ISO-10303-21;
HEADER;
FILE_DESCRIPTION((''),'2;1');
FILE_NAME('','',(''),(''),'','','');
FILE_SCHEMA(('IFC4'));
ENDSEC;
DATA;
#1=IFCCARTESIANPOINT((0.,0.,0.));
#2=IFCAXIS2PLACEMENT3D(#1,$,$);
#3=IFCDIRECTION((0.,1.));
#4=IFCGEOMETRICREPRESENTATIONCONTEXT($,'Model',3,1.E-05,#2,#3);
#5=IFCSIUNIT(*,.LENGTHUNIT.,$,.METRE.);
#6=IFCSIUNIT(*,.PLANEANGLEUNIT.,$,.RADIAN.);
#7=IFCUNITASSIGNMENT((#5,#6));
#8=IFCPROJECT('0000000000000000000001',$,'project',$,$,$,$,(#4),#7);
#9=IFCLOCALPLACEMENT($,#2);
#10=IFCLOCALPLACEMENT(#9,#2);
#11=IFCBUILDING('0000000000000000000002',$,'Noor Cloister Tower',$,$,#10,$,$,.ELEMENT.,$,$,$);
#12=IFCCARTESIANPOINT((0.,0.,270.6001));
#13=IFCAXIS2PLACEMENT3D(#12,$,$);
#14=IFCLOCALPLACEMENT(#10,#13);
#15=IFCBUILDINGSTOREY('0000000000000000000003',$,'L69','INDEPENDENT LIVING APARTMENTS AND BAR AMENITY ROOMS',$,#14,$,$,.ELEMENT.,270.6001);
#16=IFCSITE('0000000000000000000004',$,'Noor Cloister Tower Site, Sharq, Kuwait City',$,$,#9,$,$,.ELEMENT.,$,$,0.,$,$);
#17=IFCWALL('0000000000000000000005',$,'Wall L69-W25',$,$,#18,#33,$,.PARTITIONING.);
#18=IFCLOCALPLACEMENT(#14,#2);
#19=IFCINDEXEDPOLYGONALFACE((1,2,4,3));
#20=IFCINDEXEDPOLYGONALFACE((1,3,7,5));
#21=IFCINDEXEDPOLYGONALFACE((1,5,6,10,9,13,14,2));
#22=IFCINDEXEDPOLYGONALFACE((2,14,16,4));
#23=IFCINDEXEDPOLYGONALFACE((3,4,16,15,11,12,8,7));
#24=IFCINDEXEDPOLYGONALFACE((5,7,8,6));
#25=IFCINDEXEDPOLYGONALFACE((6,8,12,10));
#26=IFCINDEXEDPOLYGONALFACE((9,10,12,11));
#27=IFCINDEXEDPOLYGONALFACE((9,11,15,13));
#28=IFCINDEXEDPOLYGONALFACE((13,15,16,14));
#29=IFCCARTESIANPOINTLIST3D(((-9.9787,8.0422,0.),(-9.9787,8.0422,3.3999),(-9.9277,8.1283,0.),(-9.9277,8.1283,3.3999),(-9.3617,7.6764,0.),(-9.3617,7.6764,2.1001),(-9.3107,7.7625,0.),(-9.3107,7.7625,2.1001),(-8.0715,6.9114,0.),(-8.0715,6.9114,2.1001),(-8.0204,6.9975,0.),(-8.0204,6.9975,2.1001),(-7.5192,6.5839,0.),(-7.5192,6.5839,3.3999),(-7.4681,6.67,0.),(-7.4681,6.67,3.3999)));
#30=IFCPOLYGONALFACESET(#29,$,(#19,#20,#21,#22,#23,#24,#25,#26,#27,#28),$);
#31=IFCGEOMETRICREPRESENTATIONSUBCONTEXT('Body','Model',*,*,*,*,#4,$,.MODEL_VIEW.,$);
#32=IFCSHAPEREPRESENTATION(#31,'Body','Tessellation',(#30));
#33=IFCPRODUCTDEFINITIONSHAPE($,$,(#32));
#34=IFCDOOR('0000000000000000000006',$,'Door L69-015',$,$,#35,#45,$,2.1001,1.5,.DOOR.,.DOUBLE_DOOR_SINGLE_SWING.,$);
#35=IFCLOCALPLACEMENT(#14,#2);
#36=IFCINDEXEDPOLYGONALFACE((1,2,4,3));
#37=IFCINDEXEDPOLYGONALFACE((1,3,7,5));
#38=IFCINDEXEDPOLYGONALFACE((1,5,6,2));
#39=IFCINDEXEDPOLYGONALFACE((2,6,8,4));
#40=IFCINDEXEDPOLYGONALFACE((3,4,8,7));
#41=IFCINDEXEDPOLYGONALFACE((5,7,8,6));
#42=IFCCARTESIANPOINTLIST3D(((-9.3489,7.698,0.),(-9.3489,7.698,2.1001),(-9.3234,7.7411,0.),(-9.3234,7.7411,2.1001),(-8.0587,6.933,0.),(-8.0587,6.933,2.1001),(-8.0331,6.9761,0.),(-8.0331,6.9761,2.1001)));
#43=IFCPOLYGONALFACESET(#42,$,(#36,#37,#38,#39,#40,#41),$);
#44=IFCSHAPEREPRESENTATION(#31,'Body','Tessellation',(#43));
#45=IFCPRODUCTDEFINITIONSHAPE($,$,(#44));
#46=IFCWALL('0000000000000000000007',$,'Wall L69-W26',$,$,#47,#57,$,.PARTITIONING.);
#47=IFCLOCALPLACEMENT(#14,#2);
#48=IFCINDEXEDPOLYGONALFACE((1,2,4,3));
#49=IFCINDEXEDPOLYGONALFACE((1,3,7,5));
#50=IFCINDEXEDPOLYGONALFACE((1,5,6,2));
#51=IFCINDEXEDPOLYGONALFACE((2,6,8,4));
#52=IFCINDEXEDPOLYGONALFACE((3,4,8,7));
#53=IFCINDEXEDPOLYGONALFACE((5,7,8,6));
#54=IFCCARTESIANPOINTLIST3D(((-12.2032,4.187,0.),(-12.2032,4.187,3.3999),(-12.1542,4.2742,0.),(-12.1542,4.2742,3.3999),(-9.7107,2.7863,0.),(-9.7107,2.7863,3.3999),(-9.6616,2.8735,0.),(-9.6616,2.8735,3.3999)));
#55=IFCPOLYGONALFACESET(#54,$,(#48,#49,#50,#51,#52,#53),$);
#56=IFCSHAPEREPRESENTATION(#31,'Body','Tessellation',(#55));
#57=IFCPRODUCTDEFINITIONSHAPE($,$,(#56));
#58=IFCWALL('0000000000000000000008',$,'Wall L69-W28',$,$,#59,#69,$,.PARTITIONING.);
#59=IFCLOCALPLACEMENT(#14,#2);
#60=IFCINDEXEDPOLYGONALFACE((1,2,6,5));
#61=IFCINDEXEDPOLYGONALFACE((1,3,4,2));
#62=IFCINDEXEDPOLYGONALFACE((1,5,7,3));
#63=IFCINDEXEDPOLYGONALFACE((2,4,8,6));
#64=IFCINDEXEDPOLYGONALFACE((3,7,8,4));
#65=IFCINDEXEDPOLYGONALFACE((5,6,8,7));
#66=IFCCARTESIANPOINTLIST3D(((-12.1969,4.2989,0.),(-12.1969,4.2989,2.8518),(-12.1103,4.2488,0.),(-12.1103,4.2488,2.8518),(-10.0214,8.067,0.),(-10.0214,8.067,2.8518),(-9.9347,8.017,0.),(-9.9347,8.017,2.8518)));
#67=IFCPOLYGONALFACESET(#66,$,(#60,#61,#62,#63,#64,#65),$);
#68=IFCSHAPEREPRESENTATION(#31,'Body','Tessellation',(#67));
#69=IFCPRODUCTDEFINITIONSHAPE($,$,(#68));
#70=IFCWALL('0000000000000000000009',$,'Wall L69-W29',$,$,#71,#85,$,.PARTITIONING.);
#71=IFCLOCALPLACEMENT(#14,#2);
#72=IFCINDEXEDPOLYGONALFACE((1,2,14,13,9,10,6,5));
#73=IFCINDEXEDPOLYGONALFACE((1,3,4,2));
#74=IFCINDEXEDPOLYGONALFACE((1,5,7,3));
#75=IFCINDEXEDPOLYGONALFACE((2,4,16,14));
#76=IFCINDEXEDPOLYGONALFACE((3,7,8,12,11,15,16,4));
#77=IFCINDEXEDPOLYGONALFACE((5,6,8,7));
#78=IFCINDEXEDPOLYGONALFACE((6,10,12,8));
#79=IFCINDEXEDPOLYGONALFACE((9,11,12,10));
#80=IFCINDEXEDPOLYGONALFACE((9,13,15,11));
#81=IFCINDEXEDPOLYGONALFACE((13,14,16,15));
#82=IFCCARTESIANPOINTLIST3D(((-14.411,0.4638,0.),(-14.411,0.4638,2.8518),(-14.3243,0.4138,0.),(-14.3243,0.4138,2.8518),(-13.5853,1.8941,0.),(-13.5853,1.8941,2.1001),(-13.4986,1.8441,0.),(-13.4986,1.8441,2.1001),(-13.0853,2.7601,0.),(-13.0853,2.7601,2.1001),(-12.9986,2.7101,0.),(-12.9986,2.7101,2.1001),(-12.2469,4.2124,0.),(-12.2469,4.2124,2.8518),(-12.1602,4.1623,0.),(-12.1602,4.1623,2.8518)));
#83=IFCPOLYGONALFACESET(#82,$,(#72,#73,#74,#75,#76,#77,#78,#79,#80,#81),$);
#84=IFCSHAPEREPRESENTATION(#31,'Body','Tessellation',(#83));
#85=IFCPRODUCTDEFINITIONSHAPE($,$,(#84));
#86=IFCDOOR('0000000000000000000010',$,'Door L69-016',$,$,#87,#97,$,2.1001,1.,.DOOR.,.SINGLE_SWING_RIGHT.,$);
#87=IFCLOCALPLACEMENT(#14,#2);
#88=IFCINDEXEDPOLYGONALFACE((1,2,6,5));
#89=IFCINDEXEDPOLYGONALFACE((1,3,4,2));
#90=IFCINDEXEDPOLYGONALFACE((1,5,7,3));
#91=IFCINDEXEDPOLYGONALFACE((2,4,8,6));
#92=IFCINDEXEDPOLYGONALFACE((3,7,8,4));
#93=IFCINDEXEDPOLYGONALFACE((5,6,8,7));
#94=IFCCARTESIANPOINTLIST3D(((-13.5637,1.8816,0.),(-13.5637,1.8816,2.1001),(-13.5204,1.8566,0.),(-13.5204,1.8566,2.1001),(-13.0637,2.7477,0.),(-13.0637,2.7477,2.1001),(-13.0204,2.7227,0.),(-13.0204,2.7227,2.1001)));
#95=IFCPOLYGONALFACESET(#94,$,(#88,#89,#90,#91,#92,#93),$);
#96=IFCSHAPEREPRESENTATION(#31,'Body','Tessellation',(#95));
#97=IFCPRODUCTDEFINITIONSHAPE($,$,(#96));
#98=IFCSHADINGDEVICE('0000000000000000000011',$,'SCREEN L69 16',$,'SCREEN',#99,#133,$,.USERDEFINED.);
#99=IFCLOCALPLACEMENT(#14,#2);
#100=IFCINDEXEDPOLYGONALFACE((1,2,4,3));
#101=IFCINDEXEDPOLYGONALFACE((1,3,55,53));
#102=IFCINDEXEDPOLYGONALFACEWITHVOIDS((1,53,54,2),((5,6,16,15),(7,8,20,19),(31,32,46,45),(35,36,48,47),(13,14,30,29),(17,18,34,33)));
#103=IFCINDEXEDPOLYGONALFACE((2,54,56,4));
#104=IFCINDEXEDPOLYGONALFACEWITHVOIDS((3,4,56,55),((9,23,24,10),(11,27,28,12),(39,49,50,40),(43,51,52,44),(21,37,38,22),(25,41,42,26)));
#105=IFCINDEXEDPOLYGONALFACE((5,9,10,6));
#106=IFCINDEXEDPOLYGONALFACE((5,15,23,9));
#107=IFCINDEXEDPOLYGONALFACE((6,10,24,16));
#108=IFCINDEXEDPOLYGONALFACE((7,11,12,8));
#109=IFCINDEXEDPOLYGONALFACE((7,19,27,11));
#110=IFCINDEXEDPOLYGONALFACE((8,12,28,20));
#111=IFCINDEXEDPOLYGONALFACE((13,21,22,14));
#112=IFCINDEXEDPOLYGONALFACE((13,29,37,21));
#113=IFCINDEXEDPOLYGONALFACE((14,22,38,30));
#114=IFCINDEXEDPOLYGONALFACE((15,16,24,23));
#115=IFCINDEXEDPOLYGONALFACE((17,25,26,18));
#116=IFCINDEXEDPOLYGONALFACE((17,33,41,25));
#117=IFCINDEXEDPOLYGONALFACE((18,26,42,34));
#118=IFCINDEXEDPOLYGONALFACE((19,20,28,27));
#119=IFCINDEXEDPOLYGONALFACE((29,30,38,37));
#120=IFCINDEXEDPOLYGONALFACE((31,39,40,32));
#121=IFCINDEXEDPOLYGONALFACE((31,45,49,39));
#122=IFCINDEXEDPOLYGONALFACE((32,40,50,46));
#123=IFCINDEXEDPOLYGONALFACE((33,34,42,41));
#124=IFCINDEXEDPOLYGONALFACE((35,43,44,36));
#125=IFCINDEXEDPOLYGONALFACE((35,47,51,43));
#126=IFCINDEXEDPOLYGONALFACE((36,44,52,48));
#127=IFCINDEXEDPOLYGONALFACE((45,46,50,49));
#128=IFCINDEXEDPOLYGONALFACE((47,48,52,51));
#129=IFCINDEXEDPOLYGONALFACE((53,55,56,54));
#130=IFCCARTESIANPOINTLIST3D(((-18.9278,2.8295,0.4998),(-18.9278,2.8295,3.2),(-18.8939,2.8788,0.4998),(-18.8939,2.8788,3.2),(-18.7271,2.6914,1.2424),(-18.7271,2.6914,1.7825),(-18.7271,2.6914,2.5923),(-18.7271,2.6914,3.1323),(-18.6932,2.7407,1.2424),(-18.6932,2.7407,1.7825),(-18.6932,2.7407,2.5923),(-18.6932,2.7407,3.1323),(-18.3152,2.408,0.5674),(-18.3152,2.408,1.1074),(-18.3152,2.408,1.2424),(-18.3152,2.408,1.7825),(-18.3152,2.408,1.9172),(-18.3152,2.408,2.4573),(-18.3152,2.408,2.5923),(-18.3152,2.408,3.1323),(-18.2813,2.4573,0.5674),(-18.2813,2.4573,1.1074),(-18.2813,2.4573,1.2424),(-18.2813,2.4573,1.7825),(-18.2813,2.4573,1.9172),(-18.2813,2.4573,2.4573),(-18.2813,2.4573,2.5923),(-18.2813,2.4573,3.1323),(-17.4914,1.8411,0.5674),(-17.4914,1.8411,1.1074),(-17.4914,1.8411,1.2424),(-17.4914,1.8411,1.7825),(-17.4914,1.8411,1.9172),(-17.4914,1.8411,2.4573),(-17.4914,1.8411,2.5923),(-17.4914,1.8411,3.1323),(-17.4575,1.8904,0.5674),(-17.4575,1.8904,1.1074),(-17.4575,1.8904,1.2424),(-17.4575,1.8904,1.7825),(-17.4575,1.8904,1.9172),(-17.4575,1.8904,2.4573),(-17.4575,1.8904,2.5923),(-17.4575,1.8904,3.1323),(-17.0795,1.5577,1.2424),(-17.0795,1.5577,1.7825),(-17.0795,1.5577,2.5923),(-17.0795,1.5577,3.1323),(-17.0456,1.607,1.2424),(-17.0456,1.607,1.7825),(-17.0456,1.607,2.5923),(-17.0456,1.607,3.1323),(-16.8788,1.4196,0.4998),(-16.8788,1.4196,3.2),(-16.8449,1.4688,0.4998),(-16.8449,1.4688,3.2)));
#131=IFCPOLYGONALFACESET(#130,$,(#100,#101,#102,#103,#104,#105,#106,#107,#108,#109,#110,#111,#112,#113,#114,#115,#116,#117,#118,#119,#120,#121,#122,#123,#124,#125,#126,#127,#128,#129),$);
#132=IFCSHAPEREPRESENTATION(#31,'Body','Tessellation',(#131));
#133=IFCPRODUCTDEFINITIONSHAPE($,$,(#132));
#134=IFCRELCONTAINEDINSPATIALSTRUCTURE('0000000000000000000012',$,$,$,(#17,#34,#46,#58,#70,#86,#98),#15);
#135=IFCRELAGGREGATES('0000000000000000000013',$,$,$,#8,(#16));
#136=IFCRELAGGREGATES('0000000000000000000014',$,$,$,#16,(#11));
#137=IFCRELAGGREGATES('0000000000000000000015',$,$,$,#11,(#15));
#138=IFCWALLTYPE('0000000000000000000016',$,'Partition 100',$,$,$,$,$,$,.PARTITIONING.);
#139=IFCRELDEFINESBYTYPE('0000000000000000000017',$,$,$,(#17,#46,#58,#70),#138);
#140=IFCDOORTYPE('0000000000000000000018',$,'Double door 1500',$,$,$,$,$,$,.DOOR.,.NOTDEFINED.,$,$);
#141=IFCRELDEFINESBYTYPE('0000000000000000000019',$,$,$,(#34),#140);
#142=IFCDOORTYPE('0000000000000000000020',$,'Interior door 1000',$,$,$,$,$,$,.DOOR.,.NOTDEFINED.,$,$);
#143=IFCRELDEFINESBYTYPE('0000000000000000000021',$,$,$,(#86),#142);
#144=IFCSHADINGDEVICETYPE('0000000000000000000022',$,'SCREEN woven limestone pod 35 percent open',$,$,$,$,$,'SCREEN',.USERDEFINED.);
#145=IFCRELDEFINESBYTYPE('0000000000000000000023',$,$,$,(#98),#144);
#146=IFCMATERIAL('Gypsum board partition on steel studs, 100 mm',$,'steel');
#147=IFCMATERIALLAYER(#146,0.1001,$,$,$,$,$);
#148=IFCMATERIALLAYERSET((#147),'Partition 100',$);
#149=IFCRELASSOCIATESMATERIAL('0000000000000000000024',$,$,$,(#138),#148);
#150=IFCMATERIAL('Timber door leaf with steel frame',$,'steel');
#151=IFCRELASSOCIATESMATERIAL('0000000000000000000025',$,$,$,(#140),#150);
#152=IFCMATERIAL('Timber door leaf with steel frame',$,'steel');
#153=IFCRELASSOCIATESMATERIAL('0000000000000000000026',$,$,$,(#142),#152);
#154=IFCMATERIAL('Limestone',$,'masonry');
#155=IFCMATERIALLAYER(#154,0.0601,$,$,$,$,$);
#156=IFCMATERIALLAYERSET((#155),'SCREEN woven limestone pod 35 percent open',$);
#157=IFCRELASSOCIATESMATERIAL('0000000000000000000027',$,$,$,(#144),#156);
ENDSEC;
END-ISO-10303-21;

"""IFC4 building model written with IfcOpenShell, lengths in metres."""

from ifc_helpers import new_model, si_unit, direction, frame, frame_2d, origin, place, context, subcontext, project, spatial, polyline, rectangle, outline, extrude, material, layer, layer_set, type_object, element, fill, save


model = new_model("IFC4")

# Units and contexts
model_context = context("Model", 3, precision=1e-05, world=origin(), true_north=direction((0.0, 1.0)))
body_context = subcontext(model_context, "Body", "Model", "MODEL_VIEW")
ifc_project = project(units=[si_unit("LENGTHUNIT", "METRE"), si_unit("PLANEANGLEUNIT", "RADIAN")], contexts=[model_context])

# Site, building, storey
site_placement = place(None, origin())
site = spatial("IfcSite", under=ifc_project, at=site_placement, Name="Noor Cloister Tower Site, Sharq, Kuwait City", CompositionType="ELEMENT", RefElevation=0.0)
building_placement = place(site_placement, origin())
building = spatial("IfcBuilding", under=site, at=building_placement, Name="Noor Cloister Tower", CompositionType="ELEMENT")
storey_placement = place(building_placement, frame((0.0, 0.0, 270.6001)))
storey = spatial("IfcBuildingStorey", under=building, at=storey_placement, Name="L69", Description="INDEPENDENT LIVING APARTMENTS AND BAR AMENITY ROOMS", CompositionType="ELEMENT", Elevation=270.6001)

# Wall, opening, door
ifc_material_1 = material(Name="Gypsum board partition on steel studs, 100 mm", Category="steel")
ifc_layer_1 = layer(ifc_material_1, 0.1001)
ifc_layer_set_1 = layer_set([ifc_layer_1], Name="Partition 100")
wall_type_1 = type_object("IfcWallType", Name="Partition 100", PredefinedType="PARTITIONING", material=ifc_layer_set_1)
wall_1_placement = place(storey_placement, frame((-7.4937, 6.627, 0.0), z_axis=(0.0, 0.0, 1.0), x_axis=(-0.860171, 0.510006, 0.0)))
wall_1 = element("IfcWall", 1, at=wall_1_placement, inside=storey, type_object=wall_type_1, Name="Wall L69-W25", PredefinedType="PARTITIONING", context=body_context, shape_type="SweptSolid", body=[
    extrude(rectangle(XDim=2.8594, YDim=0.1001, at=frame_2d((1.4297, 0.0))), origin(), (0.0, 0.0, 1.0), 3.3999),
])
opening_1_placement = place(wall_1_placement, frame((0.6421, 0.0, 0.0)))
opening_1 = element("IfcOpeningElement", 2, at=opening_1_placement, cuts=wall_1, PredefinedType="OPENING", context=body_context, shape_type="SweptSolid", body=[
    extrude(rectangle(XDim=1.5, YDim=2.1001, at=frame_2d((0.75, 1.05))), frame((0.0, 0.0601, 0.0), z_axis=(0.0, -1.0, 0.0), x_axis=(1.0, 0.0, 0.0)), (0.0, 0.0, 1.0), 0.1201),
])
ifc_material_2 = material(Name="Timber door leaf with steel frame", Category="steel")
door_type_1 = type_object("IfcDoorType", Name="Double door 1500", OperationType="NOTDEFINED", PredefinedType="DOOR", material=ifc_material_2)
door_1_placement = place(opening_1_placement, origin())
door_1 = element("IfcDoor", 3, at=door_1_placement, inside=storey, type_object=door_type_1, Name="Door L69-015", OperationType="DOUBLE_DOOR_SINGLE_SWING", OverallHeight=2.1001, OverallWidth=1.5, PredefinedType="DOOR", context=body_context, shape_type="SweptSolid", body=[
    extrude(rectangle(XDim=1.5, YDim=2.1001, at=frame_2d((0.75, 1.05))), frame((0.0, 0.0249, 0.0), z_axis=(0.0, -1.0, 0.0), x_axis=(1.0, 0.0, 0.0)), (0.0, 0.0, 1.0), 0.05),
])
fill(opening_1, door_1)

# Walls
wall_2_placement = place(storey_placement, frame((-9.686, 2.8298, 0.0), z_axis=(0.0, 0.0, 1.0), x_axis=(-0.871778, 0.4899, 0.0)))
element("IfcWall", 4, at=wall_2_placement, inside=storey, type_object=wall_type_1, Name="Wall L69-W26", PredefinedType="PARTITIONING", context=body_context, shape_type="SweptSolid", body=[
    extrude(rectangle(XDim=2.8591, YDim=0.1001, at=frame_2d((1.4297, 0.0))), origin(), (0.0, 0.0, 1.0), 3.3999),
])
wall_3_placement = place(storey_placement, frame((-9.978, 8.042, 0.0), z_axis=(0.0, 0.0, 1.0), x_axis=(-0.500007, -0.866021, 0.0)))
element("IfcWall", 5, at=wall_3_placement, inside=storey, type_object=wall_type_1, Name="Wall L69-W28", PredefinedType="PARTITIONING", context=body_context, shape_type="SweptSolid", body=[
    extrude(rectangle(XDim=4.3511, YDim=0.1001, at=frame_2d((2.1755, 0.0))), origin(), (0.0, 0.0, 1.0), 2.8518),
])

# Wall, opening, door
wall_4_placement = place(storey_placement, frame((-12.2036, 4.1873, 0.0), z_axis=(0.0, 0.0, 1.0), x_axis=(-0.499973, -0.866041, 0.0)))
wall_4 = element("IfcWall", 6, at=wall_4_placement, inside=storey, type_object=wall_type_1, Name="Wall L69-W29", PredefinedType="PARTITIONING", context=body_context, shape_type="SweptSolid", body=[
    extrude(rectangle(XDim=4.3284, YDim=0.1001, at=frame_2d((2.1641, 0.0))), origin(), (0.0, 0.0, 1.0), 2.8518),
])
opening_2_placement = place(wall_4_placement, frame((1.6768, 0.0, 0.0)))
opening_2 = element("IfcOpeningElement", 7, at=opening_2_placement, cuts=wall_4, PredefinedType="OPENING", context=body_context, shape_type="SweptSolid", body=[
    extrude(rectangle(XDim=1.0, YDim=2.1001, at=frame_2d((0.5, 1.05))), frame((0.0, 0.0601, 0.0), z_axis=(0.0, -1.0, 0.0), x_axis=(1.0, 0.0, 0.0)), (0.0, 0.0, 1.0), 0.1201),
])
ifc_material_3 = material(Name="Timber door leaf with steel frame", Category="steel")
door_type_2 = type_object("IfcDoorType", Name="Interior door 1000", OperationType="NOTDEFINED", PredefinedType="DOOR", material=ifc_material_3)
door_2_placement = place(opening_2_placement, origin())
door_2 = element("IfcDoor", 8, at=door_2_placement, inside=storey, type_object=door_type_2, Name="Door L69-016", OperationType="SINGLE_SWING_RIGHT", OverallHeight=2.1001, OverallWidth=1.0, PredefinedType="DOOR", context=body_context, shape_type="SweptSolid", body=[
    extrude(rectangle(XDim=1.0, YDim=2.1001, at=frame_2d((0.5, 1.05))), frame((0.0, 0.0249, 0.0), z_axis=(0.0, -1.0, 0.0), x_axis=(1.0, 0.0, 0.0)), (0.0, 0.0, 1.0), 0.05),
])
fill(opening_2, door_2)

# Shading device
ifc_material_4 = material(Name="Limestone", Category="masonry")
ifc_layer_2 = layer(ifc_material_4, 0.0601)
ifc_layer_set_2 = layer_set([ifc_layer_2], Name="SCREEN woven limestone pod 35 percent open")
shading_device_type = type_object("IfcShadingDeviceType", Name="SCREEN woven limestone pod 35 percent open", ElementType="SCREEN", PredefinedType="USERDEFINED", material=ifc_layer_set_2)
shading_device_placement = place(storey_placement, frame((-17.8694, 2.1738, 1.8499), z_axis=(-0.566875, -0.823804, 0.0), x_axis=(0.823804, -0.566875, 0.0)))
element("IfcShadingDevice", 9, at=shading_device_placement, inside=storey, type_object=shading_device_type, Name="SCREEN L69 16", ObjectType="SCREEN", PredefinedType="USERDEFINED", context=body_context, shape_type="SweptSolid", body=[
    extrude(outline(polyline([(-1.2437, -1.3501), (1.2437, -1.3501), (1.2437, 1.3501), (-1.2437, 1.3501), (-1.2437, -1.3501)]), holes=[polyline([(-0.5, -1.2825), (0.5, -1.2825), (0.5, -0.7424), (-0.5, -0.7424), (-0.5, -1.2825)]), polyline([(-1.0, -0.6074), (-0.5, -0.6074), (-0.5, -0.0674), (-1.0, -0.0674), (-1.0, -0.6074)]), polyline([(0.5, -0.6074), (1.0, -0.6074), (1.0, -0.0674), (0.5, -0.0674), (0.5, -0.6074)]), polyline([(-0.5, 0.0674), (0.5, 0.0674), (0.5, 0.6074), (-0.5, 0.6074), (-0.5, 0.0674)]), polyline([(-1.0, 0.7424), (-0.5, 0.7424), (-0.5, 1.2825), (-1.0, 1.2825), (-1.0, 0.7424)]), polyline([(0.5, 0.7424), (1.0, 0.7424), (1.0, 1.2825), (0.5, 1.2825), (0.5, 0.7424)])]), origin(), (0.0, 0.0, 1.0), 0.0598),
])

save(model, "model.ifc")
